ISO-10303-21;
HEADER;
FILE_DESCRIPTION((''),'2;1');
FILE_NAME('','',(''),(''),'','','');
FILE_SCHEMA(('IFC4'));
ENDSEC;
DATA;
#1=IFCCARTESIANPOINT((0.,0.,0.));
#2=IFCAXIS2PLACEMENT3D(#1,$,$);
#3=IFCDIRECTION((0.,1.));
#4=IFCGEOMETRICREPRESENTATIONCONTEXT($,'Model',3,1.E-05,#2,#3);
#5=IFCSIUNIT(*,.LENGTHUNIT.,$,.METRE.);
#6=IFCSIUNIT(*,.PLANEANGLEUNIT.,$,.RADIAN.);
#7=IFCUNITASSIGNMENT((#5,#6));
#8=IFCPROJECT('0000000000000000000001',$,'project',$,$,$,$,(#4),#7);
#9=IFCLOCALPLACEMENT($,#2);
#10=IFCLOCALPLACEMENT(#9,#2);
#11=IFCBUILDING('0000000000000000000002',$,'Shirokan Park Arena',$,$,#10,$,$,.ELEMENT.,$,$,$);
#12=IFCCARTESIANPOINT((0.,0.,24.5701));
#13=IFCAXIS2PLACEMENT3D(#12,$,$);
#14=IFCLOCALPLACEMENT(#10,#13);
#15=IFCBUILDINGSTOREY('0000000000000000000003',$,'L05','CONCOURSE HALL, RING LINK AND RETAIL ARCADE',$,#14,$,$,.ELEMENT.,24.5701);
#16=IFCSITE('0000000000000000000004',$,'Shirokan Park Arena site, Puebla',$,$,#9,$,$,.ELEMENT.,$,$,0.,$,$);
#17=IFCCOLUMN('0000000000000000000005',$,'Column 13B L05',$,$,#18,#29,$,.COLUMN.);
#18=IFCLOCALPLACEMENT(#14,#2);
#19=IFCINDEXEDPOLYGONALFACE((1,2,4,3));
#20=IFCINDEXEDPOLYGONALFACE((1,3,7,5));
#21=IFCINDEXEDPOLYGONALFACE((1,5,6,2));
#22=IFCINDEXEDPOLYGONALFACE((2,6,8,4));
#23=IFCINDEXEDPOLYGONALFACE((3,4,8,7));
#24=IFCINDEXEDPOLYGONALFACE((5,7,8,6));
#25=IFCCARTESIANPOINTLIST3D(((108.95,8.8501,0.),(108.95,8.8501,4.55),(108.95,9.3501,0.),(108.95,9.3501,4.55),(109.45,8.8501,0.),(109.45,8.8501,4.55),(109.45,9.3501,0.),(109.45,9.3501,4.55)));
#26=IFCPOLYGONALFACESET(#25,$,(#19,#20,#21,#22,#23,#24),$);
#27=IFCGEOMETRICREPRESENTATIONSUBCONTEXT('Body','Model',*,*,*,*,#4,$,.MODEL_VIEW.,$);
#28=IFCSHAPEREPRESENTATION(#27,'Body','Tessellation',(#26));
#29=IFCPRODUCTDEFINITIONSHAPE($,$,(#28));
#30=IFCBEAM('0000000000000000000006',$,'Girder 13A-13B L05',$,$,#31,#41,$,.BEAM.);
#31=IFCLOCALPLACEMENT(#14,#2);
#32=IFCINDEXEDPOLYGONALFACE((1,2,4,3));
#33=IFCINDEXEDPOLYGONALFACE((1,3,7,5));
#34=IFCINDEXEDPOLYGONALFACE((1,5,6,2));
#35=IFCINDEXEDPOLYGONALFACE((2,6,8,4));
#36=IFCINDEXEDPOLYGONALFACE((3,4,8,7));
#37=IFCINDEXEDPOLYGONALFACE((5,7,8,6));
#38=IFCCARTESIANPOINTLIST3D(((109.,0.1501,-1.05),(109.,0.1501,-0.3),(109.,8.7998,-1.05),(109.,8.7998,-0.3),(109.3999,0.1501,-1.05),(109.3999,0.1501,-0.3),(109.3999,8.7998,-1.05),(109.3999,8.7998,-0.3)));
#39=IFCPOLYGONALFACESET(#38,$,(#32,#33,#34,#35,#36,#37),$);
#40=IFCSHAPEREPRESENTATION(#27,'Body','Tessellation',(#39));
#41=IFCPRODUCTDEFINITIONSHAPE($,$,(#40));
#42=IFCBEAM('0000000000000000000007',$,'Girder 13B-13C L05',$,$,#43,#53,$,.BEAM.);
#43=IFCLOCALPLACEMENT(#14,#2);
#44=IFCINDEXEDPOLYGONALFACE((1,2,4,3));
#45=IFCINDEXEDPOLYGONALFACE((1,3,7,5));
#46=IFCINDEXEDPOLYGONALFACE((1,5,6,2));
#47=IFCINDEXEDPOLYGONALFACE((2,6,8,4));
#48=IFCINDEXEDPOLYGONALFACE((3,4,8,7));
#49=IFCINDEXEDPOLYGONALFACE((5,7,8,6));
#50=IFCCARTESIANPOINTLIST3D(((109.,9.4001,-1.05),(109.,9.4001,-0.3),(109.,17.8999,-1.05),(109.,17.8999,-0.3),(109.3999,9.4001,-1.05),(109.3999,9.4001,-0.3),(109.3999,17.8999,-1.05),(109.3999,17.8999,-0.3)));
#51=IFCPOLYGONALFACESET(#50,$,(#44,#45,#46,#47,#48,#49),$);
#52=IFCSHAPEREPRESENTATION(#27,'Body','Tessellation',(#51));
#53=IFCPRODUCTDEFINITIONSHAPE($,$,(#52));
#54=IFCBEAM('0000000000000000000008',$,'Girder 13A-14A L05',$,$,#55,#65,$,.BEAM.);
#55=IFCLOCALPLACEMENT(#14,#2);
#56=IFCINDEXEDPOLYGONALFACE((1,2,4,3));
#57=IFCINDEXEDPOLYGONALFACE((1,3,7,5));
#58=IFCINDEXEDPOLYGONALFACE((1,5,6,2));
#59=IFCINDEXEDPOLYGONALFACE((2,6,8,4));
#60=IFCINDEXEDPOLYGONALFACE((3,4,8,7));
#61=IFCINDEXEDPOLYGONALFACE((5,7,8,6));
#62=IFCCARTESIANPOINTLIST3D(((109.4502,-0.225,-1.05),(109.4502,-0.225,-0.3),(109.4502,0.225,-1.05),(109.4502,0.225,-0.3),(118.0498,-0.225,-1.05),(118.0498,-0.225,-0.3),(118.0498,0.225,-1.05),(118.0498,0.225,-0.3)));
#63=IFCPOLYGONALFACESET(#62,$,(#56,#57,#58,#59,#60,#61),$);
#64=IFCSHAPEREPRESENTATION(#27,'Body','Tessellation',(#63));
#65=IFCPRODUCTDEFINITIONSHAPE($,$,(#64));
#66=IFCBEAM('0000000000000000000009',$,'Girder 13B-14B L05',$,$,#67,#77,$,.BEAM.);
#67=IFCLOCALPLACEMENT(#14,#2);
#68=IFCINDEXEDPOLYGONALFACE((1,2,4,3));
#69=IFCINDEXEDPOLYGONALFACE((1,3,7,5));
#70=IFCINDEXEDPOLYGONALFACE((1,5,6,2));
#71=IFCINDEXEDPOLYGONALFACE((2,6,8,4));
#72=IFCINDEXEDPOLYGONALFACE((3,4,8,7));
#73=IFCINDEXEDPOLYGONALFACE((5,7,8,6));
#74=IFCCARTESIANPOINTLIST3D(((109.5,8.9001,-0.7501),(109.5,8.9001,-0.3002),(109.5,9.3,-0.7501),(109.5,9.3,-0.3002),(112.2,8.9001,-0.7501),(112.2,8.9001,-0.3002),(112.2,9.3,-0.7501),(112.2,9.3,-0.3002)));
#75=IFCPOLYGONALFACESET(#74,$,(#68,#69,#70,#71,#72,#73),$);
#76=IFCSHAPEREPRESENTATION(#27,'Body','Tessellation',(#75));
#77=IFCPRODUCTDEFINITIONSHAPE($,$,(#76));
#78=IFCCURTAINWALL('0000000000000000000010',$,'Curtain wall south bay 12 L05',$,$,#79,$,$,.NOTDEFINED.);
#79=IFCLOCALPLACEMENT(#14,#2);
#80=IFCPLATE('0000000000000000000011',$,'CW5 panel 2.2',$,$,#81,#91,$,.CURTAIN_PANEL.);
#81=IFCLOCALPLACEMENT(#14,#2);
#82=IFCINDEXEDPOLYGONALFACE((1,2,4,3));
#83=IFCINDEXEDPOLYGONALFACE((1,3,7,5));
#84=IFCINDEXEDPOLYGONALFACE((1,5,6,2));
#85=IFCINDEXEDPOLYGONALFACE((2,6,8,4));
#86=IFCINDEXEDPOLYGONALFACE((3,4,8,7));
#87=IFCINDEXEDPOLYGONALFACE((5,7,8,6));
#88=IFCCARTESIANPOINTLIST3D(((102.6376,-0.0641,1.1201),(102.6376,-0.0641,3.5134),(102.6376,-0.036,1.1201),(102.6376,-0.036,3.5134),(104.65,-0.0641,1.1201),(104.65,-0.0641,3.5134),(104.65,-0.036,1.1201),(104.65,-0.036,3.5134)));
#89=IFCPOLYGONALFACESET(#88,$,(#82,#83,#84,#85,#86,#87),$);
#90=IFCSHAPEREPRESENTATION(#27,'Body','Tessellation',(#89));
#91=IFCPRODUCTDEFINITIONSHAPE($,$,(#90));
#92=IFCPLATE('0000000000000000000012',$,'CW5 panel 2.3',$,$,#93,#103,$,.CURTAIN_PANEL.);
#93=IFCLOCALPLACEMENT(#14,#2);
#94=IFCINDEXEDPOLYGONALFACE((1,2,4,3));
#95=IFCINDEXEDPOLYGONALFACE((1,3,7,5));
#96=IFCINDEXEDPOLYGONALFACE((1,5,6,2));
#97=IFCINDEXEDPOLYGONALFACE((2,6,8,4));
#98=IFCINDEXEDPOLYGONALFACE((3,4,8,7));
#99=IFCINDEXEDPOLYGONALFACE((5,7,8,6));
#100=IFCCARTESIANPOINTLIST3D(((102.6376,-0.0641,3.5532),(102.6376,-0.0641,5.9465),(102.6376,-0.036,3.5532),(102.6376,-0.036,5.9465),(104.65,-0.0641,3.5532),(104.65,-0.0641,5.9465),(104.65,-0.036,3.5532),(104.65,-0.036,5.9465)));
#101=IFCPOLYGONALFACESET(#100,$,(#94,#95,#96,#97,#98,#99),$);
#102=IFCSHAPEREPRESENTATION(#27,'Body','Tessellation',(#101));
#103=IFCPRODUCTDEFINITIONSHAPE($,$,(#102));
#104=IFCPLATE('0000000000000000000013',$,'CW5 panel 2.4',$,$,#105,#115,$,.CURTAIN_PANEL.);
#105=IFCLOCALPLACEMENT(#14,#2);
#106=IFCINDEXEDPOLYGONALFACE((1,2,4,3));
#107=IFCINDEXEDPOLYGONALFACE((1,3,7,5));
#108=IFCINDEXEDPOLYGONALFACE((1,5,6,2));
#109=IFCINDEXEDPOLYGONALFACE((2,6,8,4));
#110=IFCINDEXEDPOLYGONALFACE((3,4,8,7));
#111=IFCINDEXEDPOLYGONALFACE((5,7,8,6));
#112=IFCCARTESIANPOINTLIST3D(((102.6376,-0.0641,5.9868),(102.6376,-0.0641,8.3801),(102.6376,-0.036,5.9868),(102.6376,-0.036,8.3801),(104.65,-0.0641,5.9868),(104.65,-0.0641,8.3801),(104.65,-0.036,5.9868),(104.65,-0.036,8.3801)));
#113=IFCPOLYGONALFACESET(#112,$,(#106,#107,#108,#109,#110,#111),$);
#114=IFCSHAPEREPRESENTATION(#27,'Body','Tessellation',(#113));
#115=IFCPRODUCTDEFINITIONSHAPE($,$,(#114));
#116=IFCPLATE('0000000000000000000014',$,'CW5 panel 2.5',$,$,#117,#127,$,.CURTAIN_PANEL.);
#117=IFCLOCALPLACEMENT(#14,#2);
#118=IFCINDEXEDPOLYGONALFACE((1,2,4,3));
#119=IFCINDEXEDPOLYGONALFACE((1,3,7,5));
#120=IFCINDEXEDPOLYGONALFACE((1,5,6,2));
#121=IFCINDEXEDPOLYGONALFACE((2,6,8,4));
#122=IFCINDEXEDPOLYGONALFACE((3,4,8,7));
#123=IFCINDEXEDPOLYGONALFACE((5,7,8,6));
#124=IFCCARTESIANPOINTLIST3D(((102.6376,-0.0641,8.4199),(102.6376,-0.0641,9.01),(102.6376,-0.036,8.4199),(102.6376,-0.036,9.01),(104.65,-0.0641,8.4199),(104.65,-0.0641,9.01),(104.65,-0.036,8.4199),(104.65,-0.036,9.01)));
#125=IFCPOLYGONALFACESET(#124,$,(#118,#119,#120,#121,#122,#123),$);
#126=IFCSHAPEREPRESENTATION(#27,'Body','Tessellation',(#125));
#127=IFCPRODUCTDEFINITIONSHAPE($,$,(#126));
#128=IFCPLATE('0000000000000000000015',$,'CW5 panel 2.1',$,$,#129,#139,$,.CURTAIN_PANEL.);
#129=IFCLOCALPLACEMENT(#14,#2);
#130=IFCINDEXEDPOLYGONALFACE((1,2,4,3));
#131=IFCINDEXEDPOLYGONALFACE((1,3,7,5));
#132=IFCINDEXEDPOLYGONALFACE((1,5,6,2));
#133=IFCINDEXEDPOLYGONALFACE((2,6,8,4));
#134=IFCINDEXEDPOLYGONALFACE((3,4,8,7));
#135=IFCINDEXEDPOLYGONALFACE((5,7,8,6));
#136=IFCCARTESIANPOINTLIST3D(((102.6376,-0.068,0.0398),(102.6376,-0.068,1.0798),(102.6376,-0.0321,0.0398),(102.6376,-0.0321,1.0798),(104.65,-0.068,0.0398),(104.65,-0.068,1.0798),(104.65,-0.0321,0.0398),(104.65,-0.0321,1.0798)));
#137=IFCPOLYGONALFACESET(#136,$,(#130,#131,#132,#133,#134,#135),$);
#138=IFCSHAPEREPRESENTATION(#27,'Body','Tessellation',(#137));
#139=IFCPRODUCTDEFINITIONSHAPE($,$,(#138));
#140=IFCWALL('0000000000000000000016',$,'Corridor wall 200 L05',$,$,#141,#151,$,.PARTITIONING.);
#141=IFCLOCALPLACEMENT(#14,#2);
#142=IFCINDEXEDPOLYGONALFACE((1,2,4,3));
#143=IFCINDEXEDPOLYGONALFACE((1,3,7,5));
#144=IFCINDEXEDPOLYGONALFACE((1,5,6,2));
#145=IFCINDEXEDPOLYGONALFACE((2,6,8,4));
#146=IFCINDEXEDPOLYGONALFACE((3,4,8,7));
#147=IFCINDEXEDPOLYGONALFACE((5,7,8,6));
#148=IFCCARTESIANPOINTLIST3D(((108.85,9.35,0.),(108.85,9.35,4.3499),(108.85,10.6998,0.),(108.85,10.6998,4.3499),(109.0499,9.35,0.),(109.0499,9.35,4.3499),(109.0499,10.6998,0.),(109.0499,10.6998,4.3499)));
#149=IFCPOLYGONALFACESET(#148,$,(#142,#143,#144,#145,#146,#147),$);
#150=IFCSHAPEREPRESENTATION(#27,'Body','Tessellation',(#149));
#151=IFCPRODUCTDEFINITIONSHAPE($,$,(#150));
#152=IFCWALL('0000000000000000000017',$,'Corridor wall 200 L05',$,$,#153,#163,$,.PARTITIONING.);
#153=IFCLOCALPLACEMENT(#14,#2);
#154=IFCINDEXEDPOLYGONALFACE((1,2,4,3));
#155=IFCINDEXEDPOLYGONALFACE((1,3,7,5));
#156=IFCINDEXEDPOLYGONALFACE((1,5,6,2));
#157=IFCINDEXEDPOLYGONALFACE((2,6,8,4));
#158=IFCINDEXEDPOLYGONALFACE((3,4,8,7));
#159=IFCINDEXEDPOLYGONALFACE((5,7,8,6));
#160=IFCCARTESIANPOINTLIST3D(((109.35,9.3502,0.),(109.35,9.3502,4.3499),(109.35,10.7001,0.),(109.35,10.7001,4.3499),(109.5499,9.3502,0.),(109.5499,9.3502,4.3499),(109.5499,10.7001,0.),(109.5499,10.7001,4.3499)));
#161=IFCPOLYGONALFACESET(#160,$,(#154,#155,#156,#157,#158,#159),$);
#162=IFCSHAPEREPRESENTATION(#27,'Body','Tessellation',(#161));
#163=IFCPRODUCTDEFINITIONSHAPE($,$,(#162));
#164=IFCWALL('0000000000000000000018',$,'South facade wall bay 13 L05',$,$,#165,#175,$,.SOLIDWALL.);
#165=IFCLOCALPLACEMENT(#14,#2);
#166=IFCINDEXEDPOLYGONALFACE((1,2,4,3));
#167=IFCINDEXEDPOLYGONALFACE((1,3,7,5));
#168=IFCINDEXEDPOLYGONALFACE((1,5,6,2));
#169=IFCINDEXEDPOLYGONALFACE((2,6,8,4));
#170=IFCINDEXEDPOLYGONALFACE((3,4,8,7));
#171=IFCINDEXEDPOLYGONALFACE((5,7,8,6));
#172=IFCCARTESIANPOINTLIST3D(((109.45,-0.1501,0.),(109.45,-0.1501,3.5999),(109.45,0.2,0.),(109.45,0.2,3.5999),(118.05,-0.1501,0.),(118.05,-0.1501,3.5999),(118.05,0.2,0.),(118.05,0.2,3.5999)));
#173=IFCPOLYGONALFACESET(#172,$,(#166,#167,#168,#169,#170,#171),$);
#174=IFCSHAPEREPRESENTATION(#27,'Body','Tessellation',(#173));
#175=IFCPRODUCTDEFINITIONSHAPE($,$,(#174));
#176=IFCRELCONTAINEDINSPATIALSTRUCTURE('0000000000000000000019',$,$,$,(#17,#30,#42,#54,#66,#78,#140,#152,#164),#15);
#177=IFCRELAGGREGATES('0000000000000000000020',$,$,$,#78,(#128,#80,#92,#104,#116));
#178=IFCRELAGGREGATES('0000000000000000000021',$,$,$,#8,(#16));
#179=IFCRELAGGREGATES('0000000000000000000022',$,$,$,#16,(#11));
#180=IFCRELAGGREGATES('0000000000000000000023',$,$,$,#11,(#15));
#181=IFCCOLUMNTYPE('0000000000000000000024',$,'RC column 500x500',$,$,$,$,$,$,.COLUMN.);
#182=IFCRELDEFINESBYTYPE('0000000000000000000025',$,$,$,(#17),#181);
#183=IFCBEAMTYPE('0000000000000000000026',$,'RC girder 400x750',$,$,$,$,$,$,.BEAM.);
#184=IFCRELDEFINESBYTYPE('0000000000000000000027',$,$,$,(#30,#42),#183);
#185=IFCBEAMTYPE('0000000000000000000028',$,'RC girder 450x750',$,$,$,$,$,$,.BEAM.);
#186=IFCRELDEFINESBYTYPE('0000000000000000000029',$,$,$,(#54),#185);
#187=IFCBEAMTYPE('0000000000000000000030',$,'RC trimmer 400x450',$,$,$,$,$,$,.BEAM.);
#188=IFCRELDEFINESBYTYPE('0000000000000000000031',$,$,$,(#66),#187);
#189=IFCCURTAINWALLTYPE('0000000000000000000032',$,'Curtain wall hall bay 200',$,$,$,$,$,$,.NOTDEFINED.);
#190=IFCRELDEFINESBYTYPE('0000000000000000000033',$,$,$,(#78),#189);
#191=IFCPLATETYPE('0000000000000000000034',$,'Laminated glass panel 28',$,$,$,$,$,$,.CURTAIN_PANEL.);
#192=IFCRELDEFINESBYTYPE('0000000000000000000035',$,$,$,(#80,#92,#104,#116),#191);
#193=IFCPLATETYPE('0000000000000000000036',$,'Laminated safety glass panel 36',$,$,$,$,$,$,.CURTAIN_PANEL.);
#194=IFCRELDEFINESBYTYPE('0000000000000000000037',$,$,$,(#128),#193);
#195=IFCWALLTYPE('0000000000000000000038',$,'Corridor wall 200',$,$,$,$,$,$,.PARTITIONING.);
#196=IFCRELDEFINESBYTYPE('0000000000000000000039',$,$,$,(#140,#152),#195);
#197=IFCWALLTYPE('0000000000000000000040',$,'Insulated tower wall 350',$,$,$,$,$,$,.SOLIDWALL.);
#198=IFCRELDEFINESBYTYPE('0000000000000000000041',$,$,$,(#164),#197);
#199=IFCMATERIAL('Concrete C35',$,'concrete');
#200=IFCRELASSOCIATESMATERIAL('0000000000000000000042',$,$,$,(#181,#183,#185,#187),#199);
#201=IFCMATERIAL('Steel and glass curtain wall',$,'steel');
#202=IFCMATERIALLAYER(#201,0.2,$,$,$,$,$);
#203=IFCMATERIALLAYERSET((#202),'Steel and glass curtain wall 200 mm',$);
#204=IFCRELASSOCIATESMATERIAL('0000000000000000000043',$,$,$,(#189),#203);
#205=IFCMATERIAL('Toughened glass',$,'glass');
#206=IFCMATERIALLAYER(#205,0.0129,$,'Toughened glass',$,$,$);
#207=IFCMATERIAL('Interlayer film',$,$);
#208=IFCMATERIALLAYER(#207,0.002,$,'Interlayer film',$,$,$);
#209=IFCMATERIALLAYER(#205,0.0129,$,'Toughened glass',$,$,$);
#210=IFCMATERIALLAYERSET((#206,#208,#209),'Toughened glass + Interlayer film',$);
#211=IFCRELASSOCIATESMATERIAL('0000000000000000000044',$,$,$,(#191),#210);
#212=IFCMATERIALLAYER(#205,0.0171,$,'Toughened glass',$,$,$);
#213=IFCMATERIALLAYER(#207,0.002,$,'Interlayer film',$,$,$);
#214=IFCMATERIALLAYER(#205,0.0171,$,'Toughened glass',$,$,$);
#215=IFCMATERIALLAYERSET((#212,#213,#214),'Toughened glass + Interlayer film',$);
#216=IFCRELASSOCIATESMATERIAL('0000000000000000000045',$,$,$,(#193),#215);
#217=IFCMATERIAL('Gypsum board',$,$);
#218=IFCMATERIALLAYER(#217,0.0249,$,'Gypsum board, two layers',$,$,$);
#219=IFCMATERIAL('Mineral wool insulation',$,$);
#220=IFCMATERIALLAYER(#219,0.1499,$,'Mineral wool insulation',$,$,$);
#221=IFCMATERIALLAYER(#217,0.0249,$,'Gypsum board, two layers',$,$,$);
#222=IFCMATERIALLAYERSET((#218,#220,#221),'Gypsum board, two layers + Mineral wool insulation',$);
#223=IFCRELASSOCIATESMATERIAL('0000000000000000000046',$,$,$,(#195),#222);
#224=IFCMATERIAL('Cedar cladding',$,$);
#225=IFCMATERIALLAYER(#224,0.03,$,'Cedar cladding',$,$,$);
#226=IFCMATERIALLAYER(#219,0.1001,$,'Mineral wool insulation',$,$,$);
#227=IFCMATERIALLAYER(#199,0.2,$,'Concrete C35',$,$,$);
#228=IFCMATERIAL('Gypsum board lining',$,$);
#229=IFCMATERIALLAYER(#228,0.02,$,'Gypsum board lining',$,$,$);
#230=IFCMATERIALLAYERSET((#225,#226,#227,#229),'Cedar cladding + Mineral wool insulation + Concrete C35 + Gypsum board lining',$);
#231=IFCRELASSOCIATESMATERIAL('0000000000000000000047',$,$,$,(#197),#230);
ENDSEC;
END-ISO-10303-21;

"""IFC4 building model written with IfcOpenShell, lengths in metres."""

from ifc_helpers import new_model, si_unit, direction, frame, frame_2d, origin, origin_2d, place, context, subcontext, project, spatial, rectangle, extrude, material, layer, layer_set, material_profile, profile_set, type_object, element, aggregate, save


model = new_model("IFC4")

# Units and contexts
model_context = context("Model", 3, precision=1e-05, world=origin(), true_north=direction((0.0, 1.0)))
body_context = subcontext(model_context, "Body", "Model", "MODEL_VIEW")
ifc_project = project(units=[si_unit("LENGTHUNIT", "METRE"), si_unit("PLANEANGLEUNIT", "RADIAN")], contexts=[model_context])

# Site, building, storey
site_placement = place(None, origin())
site = spatial("IfcSite", under=ifc_project, at=site_placement, Name="Shirokan Park Arena site, Puebla", CompositionType="ELEMENT", RefElevation=0.0)
building_placement = place(site_placement, origin())
building = spatial("IfcBuilding", under=site, at=building_placement, Name="Shirokan Park Arena", CompositionType="ELEMENT")
storey_placement = place(building_placement, frame((0.0, 0.0, 24.5701)))
storey = spatial("IfcBuildingStorey", under=building, at=storey_placement, Name="L05", Description="CONCOURSE HALL, RING LINK AND RETAIL ARCADE", CompositionType="ELEMENT", Elevation=24.5701)

# Column
ifc_material_1 = material(Name="Concrete C35", Category="concrete")
ifc_material_profile_1 = material_profile(ifc_material_1, rectangle(XDim=0.5, YDim=0.5, at=origin_2d()), Name="500x500")
ifc_profile_set_1 = profile_set([ifc_material_profile_1], Name="Concrete C35")
column_type = type_object("IfcColumnType", Name="RC column 500x500", PredefinedType="COLUMN", material=ifc_profile_set_1)
column_placement = place(storey_placement, frame((109.2, 9.1001, 0.0), z_axis=(0.0, 0.0, 1.0), x_axis=(1.0, 0.0, 0.0)))
element("IfcColumn", 1, at=column_placement, inside=storey, type_object=column_type, Name="Column 13B L05", PredefinedType="COLUMN", context=body_context, shape_type="SweptSolid", body=[
    extrude(rectangle(XDim=0.5, YDim=0.5, at=origin_2d()), origin(), (0.0, 0.0, 1.0), 4.55),
])

# Beams
ifc_material_profile_2 = material_profile(ifc_material_1, rectangle(XDim=0.3999, YDim=0.75, at=origin_2d()), Name="400x750")
ifc_profile_set_2 = profile_set([ifc_material_profile_2], Name="Concrete C35")
beam_type_1 = type_object("IfcBeamType", Name="RC girder 400x750", PredefinedType="BEAM", material=ifc_profile_set_2)
beam_1_placement = place(storey_placement, frame((109.2, 0.1501, -0.675), z_axis=(0.0, 1.0, 0.0), x_axis=(-1.0, 0.0, 0.0)))
element("IfcBeam", 2, at=beam_1_placement, inside=storey, type_object=beam_type_1, Name="Girder 13A-13B L05", PredefinedType="BEAM", context=body_context, shape_type="SweptSolid", body=[
    extrude(rectangle(XDim=0.3999, YDim=0.75, at=origin_2d()), origin(), (0.0, 0.0, 1.0), 8.6497),
])
beam_2_placement = place(storey_placement, frame((109.2, 9.4001, -0.675), z_axis=(0.0, 1.0, 0.0), x_axis=(-1.0, 0.0, 0.0)))
element("IfcBeam", 3, at=beam_2_placement, inside=storey, type_object=beam_type_1, Name="Girder 13B-13C L05", PredefinedType="BEAM", context=body_context, shape_type="SweptSolid", body=[
    extrude(rectangle(XDim=0.3999, YDim=0.75, at=origin_2d()), origin(), (0.0, 0.0, 1.0), 8.4998),
])
ifc_material_profile_3 = material_profile(ifc_material_1, rectangle(XDim=0.45, YDim=0.75, at=origin_2d()), Name="450x750")
ifc_profile_set_3 = profile_set([ifc_material_profile_3], Name="Concrete C35")
beam_type_2 = type_object("IfcBeamType", Name="RC girder 450x750", PredefinedType="BEAM", material=ifc_profile_set_3)
beam_3_placement = place(storey_placement, frame((109.4502, 0.0, -0.675), z_axis=(1.0, 0.0, 0.0), x_axis=(0.0, 1.0, 0.0)))
element("IfcBeam", 4, at=beam_3_placement, inside=storey, type_object=beam_type_2, Name="Girder 13A-14A L05", PredefinedType="BEAM", context=body_context, shape_type="SweptSolid", body=[
    extrude(rectangle(XDim=0.45, YDim=0.75, at=origin_2d()), origin(), (0.0, 0.0, 1.0), 8.5996),
])
ifc_material_profile_4 = material_profile(ifc_material_1, rectangle(XDim=0.3999, YDim=0.45, at=origin_2d()), Name="400x450")
ifc_profile_set_4 = profile_set([ifc_material_profile_4], Name="Concrete C35")
beam_type_3 = type_object("IfcBeamType", Name="RC trimmer 400x450", PredefinedType="BEAM", material=ifc_profile_set_4)
beam_4_placement = place(storey_placement, frame((109.5, 9.1001, -0.5251), z_axis=(1.0, 0.0, 0.0), x_axis=(0.0, 1.0, 0.0)))
element("IfcBeam", 5, at=beam_4_placement, inside=storey, type_object=beam_type_3, Name="Girder 13B-14B L05", PredefinedType="BEAM", context=body_context, shape_type="SweptSolid", body=[
    extrude(rectangle(XDim=0.3999, YDim=0.45, at=origin_2d()), origin(), (0.0, 0.0, 1.0), 2.7),
])

# Curtain wall, plates
ifc_material_2 = material(Name="Steel and glass curtain wall", Category="steel")
ifc_layer_1 = layer(ifc_material_2, 0.2)
ifc_layer_set_1 = layer_set([ifc_layer_1], Name="Steel and glass curtain wall 200 mm")
curtain_wall_type = type_object("IfcCurtainWallType", Name="Curtain wall hall bay 200", PredefinedType="NOTDEFINED", material=ifc_layer_set_1)
curtain_wall_placement = place(storey_placement, origin())
curtain_wall = element("IfcCurtainWall", 6, at=curtain_wall_placement, inside=storey, type_object=curtain_wall_type, Name="Curtain wall south bay 12 L05", PredefinedType="NOTDEFINED")
ifc_material_3 = material(Name="Toughened glass", Category="glass")
ifc_layer_2 = layer(ifc_material_3, 0.0129, Name="Toughened glass")
ifc_material_4 = material(Name="Interlayer film")
ifc_layer_3 = layer(ifc_material_4, 0.002, Name="Interlayer film")
ifc_layer_4 = layer(ifc_material_3, 0.0129, Name="Toughened glass")
ifc_layer_set_2 = layer_set([ifc_layer_2, ifc_layer_3, ifc_layer_4], Name="Toughened glass + Interlayer film")
plate_type_1 = type_object("IfcPlateType", Name="Laminated glass panel 28", PredefinedType="CURTAIN_PANEL", material=ifc_layer_set_2)
plate_1_placement = place(storey_placement, frame((103.6438, -0.05, 1.1201), z_axis=(0.0, 0.0, 1.0), x_axis=(1.0, 0.0, 0.0)))
plate_1 = element("IfcPlate", 7, at=plate_1_placement, type_object=plate_type_1, Name="CW5 panel 2.2", PredefinedType="CURTAIN_PANEL", context=body_context, shape_type="SweptSolid", body=[
    extrude(rectangle(XDim=2.0125, YDim=0.0281, at=origin_2d()), origin(), (0.0, 0.0, 1.0), 2.3933),
])
plate_2_placement = place(storey_placement, frame((103.6438, -0.05, 3.5532), z_axis=(0.0, 0.0, 1.0), x_axis=(1.0, 0.0, 0.0)))
plate_2 = element("IfcPlate", 8, at=plate_2_placement, type_object=plate_type_1, Name="CW5 panel 2.3", PredefinedType="CURTAIN_PANEL", context=body_context, shape_type="SweptSolid", body=[
    extrude(rectangle(XDim=2.0125, YDim=0.0281, at=origin_2d()), origin(), (0.0, 0.0, 1.0), 2.3933),
])
plate_3_placement = place(storey_placement, frame((103.6438, -0.05, 5.9868), z_axis=(0.0, 0.0, 1.0), x_axis=(1.0, 0.0, 0.0)))
plate_3 = element("IfcPlate", 9, at=plate_3_placement, type_object=plate_type_1, Name="CW5 panel 2.4", PredefinedType="CURTAIN_PANEL", context=body_context, shape_type="SweptSolid", body=[
    extrude(rectangle(XDim=2.0125, YDim=0.0281, at=origin_2d()), origin(), (0.0, 0.0, 1.0), 2.3933),
])
plate_4_placement = place(storey_placement, frame((103.6438, -0.05, 8.4199), z_axis=(0.0, 0.0, 1.0), x_axis=(1.0, 0.0, 0.0)))
plate_4 = element("IfcPlate", 10, at=plate_4_placement, type_object=plate_type_1, Name="CW5 panel 2.5", PredefinedType="CURTAIN_PANEL", context=body_context, shape_type="SweptSolid", body=[
    extrude(rectangle(XDim=2.0125, YDim=0.0281, at=origin_2d()), origin(), (0.0, 0.0, 1.0), 0.5901),
])
ifc_layer_5 = layer(ifc_material_3, 0.0171, Name="Toughened glass")
ifc_layer_6 = layer(ifc_material_4, 0.002, Name="Interlayer film")
ifc_layer_7 = layer(ifc_material_3, 0.0171, Name="Toughened glass")
ifc_layer_set_3 = layer_set([ifc_layer_5, ifc_layer_6, ifc_layer_7], Name="Toughened glass + Interlayer film")
plate_type_2 = type_object("IfcPlateType", Name="Laminated safety glass panel 36", PredefinedType="CURTAIN_PANEL", material=ifc_layer_set_3)
plate_5_placement = place(storey_placement, frame((103.6438, -0.05, 0.0398), z_axis=(0.0, 0.0, 1.0), x_axis=(1.0, 0.0, 0.0)))
plate_5 = element("IfcPlate", 11, at=plate_5_placement, type_object=plate_type_2, Name="CW5 panel 2.1", PredefinedType="CURTAIN_PANEL", context=body_context, shape_type="SweptSolid", body=[
    extrude(rectangle(XDim=2.0125, YDim=0.0359, at=origin_2d()), origin(), (0.0, 0.0, 1.0), 1.04),
])
aggregate(curtain_wall, [plate_5, plate_1, plate_2, plate_3, plate_4])

# Shared definitions
ifc_material_5 = material(Name="Gypsum board")
ifc_layer_8 = layer(ifc_material_5, 0.0249, Name="Gypsum board, two layers")
ifc_material_6 = material(Name="Mineral wool insulation")
ifc_layer_9 = layer(ifc_material_6, 0.1499, Name="Mineral wool insulation")
ifc_layer_10 = layer(ifc_material_5, 0.0249, Name="Gypsum board, two layers")
ifc_layer_set_4 = layer_set([ifc_layer_8, ifc_layer_9, ifc_layer_10], Name="Gypsum board, two layers + Mineral wool insulation")
wall_type_1 = type_object("IfcWallType", Name="Corridor wall 200", PredefinedType="PARTITIONING", material=ifc_layer_set_4)

# Wall
wall_1_placement = place(storey_placement, frame((108.95, 9.3501, 0.0), z_axis=(0.0, 0.0, 1.0), x_axis=(0.0, 1.0, 0.0)))
element("IfcWall", 12, at=wall_1_placement, inside=storey, type_object=wall_type_1, Name="Corridor wall 200 L05", PredefinedType="PARTITIONING", context=body_context, shape_type="SweptSolid", body=[
    extrude(rectangle(XDim=1.3499, YDim=0.2, at=frame_2d((0.6748, 0.0))), origin(), (0.0, 0.0, 1.0), 4.3499),
])

# Walls
wall_2_placement = place(storey_placement, frame((109.45, 10.7, 0.0), z_axis=(0.0, 0.0, 1.0), x_axis=(0.0, -1.0, 0.0)))
element("IfcWall", 13, at=wall_2_placement, inside=storey, type_object=wall_type_1, Name="Corridor wall 200 L05", PredefinedType="PARTITIONING", context=body_context, shape_type="SweptSolid", body=[
    extrude(rectangle(XDim=1.3499, YDim=0.2, at=frame_2d((0.6748, 0.0))), origin(), (0.0, 0.0, 1.0), 4.3499),
])
ifc_material_7 = material(Name="Cedar cladding")
ifc_layer_11 = layer(ifc_material_7, 0.03, Name="Cedar cladding")
ifc_layer_12 = layer(ifc_material_6, 0.1001, Name="Mineral wool insulation")
ifc_layer_13 = layer(ifc_material_1, 0.2, Name="Concrete C35")
ifc_material_8 = material(Name="Gypsum board lining")
ifc_layer_14 = layer(ifc_material_8, 0.02, Name="Gypsum board lining")
ifc_layer_set_5 = layer_set([ifc_layer_11, ifc_layer_12, ifc_layer_13, ifc_layer_14], Name="Cedar cladding + Mineral wool insulation + Concrete C35 + Gypsum board lining")
wall_type_2 = type_object("IfcWallType", Name="Insulated tower wall 350", PredefinedType="SOLIDWALL", material=ifc_layer_set_5)
wall_3_placement = place(storey_placement, frame((109.45, 0.0249, 0.0), z_axis=(0.0, 0.0, 1.0), x_axis=(1.0, 0.0, 0.0)))
element("IfcWall", 14, at=wall_3_placement, inside=storey, type_object=wall_type_2, Name="South facade wall bay 13 L05", PredefinedType="SOLIDWALL", context=body_context, shape_type="SweptSolid", body=[
    extrude(rectangle(XDim=8.6001, YDim=0.3501, at=frame_2d((4.3, 0.0))), origin(), (0.0, 0.0, 1.0), 3.5999),
])

save(model, "model.ifc")
